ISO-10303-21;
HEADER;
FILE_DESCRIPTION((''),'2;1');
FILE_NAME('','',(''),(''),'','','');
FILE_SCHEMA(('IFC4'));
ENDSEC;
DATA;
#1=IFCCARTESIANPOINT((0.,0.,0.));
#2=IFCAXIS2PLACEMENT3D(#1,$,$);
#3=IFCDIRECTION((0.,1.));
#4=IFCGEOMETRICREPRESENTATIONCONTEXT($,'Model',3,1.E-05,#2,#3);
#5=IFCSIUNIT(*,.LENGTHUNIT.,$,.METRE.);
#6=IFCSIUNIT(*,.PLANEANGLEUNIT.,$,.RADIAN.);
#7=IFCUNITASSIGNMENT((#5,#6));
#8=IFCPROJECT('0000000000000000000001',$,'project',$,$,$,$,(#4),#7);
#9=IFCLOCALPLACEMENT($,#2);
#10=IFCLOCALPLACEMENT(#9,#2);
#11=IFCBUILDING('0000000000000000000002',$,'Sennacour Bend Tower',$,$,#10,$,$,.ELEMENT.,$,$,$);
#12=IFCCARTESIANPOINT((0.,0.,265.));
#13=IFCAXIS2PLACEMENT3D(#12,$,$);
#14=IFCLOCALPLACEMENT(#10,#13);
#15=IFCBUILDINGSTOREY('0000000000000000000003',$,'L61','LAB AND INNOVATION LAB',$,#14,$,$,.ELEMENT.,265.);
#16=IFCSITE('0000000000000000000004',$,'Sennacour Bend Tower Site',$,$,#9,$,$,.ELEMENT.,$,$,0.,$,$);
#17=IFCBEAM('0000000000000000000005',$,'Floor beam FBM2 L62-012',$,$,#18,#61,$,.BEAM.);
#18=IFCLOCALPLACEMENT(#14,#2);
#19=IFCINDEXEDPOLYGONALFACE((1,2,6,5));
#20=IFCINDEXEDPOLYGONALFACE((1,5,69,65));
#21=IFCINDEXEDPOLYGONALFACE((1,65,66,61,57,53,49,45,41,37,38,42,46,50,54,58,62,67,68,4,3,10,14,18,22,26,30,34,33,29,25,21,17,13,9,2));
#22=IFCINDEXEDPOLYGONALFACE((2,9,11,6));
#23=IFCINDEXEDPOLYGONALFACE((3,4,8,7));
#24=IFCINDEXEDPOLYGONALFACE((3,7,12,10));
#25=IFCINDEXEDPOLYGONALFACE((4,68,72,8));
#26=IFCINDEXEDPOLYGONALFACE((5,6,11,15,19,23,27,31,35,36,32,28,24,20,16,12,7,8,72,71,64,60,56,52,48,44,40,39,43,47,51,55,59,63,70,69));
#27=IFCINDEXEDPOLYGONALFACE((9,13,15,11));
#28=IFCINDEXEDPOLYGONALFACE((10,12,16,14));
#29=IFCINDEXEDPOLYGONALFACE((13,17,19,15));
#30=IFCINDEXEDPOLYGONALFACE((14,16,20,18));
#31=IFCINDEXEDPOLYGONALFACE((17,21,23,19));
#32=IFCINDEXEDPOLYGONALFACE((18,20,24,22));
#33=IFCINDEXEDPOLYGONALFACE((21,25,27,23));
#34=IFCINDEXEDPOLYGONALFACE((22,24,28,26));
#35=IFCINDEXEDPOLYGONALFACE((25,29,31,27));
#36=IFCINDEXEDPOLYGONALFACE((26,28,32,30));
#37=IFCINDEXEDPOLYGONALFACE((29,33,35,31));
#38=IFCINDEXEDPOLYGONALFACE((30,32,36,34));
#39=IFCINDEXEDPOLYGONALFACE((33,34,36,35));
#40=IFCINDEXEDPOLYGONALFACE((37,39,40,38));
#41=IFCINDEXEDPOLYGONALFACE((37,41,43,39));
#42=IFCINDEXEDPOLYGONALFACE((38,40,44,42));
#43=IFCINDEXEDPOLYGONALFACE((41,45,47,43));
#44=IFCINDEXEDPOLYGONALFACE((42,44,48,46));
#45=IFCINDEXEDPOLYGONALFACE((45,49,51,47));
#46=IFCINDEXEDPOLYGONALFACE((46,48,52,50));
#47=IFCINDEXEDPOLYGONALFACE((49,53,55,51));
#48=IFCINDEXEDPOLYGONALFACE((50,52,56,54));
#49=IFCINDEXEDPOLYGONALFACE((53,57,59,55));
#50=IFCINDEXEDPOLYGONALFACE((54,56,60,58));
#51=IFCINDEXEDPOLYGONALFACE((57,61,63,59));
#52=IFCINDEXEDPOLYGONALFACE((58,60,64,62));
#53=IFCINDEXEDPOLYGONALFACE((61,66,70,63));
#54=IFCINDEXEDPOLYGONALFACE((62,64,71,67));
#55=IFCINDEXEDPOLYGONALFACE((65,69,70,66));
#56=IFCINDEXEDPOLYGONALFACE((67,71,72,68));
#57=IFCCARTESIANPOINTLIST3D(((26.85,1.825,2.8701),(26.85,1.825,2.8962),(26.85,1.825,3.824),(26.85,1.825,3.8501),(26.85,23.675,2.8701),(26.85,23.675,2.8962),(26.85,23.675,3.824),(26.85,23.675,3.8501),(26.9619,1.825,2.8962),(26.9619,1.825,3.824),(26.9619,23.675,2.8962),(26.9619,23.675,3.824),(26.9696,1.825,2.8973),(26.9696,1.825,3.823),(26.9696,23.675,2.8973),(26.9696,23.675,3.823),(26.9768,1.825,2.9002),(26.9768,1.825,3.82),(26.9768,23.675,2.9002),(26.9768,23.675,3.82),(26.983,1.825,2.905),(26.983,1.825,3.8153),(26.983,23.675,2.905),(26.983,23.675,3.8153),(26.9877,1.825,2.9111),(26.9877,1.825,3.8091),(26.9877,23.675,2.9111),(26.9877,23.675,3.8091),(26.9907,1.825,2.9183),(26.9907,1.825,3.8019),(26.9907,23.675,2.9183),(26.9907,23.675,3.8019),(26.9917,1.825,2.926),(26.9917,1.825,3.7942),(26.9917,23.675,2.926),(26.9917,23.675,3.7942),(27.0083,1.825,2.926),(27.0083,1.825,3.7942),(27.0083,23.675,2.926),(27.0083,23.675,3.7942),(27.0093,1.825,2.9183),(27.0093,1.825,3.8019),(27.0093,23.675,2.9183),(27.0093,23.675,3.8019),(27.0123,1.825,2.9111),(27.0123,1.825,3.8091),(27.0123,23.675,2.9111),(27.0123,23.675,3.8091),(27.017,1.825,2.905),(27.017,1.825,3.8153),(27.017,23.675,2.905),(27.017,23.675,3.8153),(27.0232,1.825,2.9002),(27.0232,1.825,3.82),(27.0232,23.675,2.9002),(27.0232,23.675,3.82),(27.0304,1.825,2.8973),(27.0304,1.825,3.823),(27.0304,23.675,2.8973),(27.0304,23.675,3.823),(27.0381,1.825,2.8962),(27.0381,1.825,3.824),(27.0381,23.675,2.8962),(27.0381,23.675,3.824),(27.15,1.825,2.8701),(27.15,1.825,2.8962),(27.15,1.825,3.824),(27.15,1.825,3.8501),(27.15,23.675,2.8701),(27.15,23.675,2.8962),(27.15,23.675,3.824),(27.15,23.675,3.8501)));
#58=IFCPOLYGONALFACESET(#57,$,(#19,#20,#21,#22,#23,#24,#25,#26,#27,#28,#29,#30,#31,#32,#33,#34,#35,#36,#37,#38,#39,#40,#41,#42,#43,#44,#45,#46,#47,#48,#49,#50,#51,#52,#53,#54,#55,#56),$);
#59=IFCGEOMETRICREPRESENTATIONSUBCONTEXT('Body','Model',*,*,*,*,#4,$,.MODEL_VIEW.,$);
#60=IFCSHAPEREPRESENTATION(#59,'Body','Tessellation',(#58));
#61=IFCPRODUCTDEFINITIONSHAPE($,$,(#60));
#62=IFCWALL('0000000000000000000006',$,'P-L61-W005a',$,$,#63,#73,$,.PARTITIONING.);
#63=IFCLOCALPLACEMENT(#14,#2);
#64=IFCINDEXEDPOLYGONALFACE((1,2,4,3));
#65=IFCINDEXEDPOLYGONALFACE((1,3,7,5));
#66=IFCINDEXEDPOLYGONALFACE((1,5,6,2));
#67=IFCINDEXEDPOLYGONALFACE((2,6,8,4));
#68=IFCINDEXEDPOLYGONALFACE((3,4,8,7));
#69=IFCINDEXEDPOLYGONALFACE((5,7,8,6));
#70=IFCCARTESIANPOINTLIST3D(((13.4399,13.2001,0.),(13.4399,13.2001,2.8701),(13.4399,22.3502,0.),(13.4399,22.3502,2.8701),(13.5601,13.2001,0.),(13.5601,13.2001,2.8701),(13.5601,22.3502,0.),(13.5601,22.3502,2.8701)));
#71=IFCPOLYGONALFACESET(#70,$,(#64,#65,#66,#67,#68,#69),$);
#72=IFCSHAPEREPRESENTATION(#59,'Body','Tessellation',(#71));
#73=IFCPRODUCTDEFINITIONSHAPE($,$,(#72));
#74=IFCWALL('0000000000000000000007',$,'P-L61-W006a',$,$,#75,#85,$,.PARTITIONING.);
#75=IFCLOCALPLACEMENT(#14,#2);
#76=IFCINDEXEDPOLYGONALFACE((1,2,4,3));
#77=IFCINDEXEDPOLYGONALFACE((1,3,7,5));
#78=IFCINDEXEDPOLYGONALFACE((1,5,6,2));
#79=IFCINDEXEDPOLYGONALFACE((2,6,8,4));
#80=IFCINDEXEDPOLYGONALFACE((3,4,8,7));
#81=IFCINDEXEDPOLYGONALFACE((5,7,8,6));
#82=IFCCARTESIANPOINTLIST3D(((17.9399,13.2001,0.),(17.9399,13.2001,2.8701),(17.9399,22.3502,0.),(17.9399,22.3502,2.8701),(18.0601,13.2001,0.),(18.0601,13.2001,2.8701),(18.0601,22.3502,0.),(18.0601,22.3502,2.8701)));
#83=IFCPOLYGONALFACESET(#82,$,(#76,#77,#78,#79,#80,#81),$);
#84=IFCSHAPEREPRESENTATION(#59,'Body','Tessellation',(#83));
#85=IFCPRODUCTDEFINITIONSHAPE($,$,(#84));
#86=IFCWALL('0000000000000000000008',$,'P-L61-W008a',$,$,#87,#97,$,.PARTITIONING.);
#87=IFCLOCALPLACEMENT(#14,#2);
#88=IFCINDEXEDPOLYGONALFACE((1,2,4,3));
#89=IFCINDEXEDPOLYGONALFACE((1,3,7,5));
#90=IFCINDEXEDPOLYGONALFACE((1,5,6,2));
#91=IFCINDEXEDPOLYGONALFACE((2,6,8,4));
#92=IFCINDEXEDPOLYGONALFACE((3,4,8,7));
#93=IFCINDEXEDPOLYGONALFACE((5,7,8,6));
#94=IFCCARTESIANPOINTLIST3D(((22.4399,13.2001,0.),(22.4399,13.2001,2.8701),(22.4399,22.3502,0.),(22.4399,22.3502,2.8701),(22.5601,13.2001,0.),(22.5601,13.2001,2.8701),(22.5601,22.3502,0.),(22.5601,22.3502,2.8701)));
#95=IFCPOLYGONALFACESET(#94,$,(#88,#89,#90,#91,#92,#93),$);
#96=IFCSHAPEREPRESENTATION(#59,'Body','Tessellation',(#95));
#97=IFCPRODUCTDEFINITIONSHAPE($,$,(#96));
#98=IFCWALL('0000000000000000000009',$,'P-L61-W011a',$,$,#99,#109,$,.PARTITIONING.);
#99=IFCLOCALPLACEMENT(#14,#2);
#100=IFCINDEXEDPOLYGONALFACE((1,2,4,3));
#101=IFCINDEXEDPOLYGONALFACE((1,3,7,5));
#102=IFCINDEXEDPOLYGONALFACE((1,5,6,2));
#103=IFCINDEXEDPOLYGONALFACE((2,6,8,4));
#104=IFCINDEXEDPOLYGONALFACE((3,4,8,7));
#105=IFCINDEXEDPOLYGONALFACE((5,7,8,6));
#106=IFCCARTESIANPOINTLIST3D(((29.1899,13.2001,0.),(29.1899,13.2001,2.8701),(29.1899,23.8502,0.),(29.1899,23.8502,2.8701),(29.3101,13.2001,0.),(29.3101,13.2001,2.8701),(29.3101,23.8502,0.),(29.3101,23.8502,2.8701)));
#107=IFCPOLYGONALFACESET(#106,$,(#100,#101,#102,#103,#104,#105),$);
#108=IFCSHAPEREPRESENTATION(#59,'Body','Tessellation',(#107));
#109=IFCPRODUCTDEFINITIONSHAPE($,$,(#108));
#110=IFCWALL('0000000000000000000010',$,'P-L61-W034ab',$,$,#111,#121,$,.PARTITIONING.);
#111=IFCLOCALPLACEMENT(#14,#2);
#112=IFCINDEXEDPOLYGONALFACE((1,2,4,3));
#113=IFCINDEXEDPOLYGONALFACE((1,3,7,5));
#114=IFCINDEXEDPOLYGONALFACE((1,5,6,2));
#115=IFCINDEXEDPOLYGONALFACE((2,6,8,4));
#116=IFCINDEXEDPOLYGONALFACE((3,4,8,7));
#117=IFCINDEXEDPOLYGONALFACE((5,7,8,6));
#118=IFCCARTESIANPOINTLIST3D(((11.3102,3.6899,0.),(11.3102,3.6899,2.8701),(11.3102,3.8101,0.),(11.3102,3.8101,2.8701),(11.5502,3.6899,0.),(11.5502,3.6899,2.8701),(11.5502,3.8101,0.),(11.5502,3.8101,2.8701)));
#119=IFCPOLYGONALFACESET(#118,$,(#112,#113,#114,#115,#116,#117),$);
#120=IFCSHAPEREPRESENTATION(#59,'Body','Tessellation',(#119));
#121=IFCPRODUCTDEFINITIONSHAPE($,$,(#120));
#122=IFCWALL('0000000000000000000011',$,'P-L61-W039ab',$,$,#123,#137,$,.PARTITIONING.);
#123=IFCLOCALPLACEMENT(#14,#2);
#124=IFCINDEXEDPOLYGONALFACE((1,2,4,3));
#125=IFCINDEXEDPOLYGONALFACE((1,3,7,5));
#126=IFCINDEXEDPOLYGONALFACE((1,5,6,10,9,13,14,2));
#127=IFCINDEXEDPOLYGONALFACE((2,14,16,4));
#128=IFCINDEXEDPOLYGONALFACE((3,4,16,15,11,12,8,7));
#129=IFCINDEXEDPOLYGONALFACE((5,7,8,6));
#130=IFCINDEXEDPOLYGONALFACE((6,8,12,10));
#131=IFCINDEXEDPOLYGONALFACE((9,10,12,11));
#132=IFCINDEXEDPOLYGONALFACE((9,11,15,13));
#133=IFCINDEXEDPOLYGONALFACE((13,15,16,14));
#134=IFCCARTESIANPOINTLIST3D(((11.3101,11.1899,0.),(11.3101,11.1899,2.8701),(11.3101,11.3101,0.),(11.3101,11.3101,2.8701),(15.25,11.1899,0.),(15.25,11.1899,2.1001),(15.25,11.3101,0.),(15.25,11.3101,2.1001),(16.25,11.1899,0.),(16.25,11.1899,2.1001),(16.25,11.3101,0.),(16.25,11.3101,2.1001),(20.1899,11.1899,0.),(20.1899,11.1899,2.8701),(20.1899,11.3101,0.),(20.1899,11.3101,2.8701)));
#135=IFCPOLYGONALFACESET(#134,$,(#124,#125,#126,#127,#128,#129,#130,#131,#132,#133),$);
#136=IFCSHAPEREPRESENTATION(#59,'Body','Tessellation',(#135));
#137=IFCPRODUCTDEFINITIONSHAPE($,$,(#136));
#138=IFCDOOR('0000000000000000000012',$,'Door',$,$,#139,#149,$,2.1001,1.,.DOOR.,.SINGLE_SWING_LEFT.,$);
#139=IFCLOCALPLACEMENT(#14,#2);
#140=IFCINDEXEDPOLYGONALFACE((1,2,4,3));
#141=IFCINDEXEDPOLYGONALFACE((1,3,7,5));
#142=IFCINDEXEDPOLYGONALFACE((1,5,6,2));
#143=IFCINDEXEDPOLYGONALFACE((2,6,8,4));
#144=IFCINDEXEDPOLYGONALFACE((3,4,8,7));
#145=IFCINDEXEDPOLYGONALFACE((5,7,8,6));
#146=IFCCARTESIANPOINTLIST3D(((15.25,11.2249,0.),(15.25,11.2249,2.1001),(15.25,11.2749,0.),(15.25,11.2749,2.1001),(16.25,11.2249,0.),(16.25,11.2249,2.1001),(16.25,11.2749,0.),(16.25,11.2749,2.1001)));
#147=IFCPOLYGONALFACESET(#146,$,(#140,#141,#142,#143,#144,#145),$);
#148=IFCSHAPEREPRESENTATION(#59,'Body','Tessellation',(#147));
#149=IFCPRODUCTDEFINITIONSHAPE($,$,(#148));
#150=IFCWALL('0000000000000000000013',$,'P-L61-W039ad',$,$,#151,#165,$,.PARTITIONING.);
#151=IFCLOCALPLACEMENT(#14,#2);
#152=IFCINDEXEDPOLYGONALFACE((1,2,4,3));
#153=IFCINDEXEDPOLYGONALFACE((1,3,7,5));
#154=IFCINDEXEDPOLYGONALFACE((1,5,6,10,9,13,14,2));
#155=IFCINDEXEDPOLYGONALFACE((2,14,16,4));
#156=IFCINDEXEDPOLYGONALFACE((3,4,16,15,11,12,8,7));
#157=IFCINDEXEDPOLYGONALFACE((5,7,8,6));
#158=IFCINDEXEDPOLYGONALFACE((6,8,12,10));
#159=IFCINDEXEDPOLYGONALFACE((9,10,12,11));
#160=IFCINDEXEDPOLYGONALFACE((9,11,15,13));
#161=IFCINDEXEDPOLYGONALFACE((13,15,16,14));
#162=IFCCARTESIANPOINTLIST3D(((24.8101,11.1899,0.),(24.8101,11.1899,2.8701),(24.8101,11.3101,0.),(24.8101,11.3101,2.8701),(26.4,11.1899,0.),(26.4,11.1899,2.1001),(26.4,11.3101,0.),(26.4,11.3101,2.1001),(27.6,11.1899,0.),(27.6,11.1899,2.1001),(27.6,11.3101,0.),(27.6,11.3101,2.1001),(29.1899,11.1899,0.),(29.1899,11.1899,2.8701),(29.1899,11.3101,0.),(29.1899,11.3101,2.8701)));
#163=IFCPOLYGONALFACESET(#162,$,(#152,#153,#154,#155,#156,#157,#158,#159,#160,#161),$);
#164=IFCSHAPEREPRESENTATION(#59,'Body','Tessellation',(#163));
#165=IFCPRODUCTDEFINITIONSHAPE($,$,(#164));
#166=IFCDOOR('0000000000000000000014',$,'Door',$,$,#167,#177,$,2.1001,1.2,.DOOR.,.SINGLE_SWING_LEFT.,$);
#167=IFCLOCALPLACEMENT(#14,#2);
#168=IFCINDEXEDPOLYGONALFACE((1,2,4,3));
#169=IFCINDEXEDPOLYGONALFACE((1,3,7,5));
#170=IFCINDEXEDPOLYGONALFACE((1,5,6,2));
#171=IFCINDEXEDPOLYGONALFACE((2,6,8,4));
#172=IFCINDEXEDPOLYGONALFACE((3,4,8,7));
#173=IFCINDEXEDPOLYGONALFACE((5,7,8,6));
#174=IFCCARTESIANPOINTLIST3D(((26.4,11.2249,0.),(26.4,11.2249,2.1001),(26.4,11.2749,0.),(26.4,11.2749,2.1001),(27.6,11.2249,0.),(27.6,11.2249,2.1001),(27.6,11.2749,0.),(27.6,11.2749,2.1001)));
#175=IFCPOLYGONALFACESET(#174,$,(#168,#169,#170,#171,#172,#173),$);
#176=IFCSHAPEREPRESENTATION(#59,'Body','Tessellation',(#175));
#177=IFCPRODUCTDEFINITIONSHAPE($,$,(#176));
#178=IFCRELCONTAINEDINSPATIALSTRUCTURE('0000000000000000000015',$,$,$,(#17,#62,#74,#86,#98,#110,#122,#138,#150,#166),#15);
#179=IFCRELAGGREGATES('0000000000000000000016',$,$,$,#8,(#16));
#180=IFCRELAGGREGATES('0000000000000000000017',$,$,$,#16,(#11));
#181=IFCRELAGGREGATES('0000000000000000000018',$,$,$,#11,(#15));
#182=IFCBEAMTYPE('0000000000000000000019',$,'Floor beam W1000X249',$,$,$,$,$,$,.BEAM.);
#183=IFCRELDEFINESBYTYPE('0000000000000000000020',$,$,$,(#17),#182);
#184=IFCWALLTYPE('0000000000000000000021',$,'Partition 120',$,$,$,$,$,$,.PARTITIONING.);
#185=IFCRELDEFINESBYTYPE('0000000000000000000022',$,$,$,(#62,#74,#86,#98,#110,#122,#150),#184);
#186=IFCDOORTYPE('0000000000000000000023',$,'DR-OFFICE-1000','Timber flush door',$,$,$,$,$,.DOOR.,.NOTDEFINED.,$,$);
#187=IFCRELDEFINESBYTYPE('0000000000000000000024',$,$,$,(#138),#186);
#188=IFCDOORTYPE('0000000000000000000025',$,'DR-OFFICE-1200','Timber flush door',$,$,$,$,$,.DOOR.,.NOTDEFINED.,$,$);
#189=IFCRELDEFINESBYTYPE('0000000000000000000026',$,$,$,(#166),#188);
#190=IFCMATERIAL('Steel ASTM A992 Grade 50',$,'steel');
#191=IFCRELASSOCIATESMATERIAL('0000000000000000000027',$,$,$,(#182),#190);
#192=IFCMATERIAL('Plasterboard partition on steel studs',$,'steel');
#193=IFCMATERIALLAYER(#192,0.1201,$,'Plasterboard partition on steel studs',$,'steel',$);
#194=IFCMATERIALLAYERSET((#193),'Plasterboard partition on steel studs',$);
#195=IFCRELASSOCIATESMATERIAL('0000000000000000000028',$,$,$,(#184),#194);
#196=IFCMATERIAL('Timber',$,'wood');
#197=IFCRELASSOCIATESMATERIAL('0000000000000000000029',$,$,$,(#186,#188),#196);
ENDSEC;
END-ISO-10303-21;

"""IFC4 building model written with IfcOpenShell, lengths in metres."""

from ifc_helpers import new_model, si_unit, direction, frame, frame_2d, origin, origin_2d, place, context, subcontext, project, spatial, rectangle, i_section, extrude, material, layer, layer_set, material_profile, profile_set, type_object, element, fill, save


model = new_model("IFC4")

# Units and contexts
model_context = context("Model", 3, precision=1e-05, world=origin(), true_north=direction((0.0, 1.0)))
body_context = subcontext(model_context, "Body", "Model", "MODEL_VIEW")
ifc_project = project(units=[si_unit("LENGTHUNIT", "METRE"), si_unit("PLANEANGLEUNIT", "RADIAN")], contexts=[model_context])

# Site, building, storey
site_placement = place(None, origin())
site = spatial("IfcSite", under=ifc_project, at=site_placement, Name="Sennacour Bend Tower Site", CompositionType="ELEMENT", RefElevation=0.0)
building_placement = place(site_placement, origin())
building = spatial("IfcBuilding", under=site, at=building_placement, Name="Sennacour Bend Tower", CompositionType="ELEMENT")
storey_placement = place(building_placement, frame((0.0, 0.0, 265.0)))
storey = spatial("IfcBuildingStorey", under=building, at=storey_placement, Name="L61", Description="LAB AND INNOVATION LAB", CompositionType="ELEMENT", Elevation=265.0)

# Beam
ifc_material_1 = material(Name="Steel ASTM A992 Grade 50", Category="steel")
ifc_material_profile = material_profile(ifc_material_1, i_section(OverallWidth=0.3, OverallDepth=0.98, WebThickness=0.0166, FlangeThickness=0.0261, FilletRadius=0.0298, at=origin_2d()), Name="Steel ASTM A992 Grade 50", Category="steel")
ifc_profile_set = profile_set([ifc_material_profile], Name="Steel ASTM A992 Grade 50")
beam_type = type_object("IfcBeamType", Name="Floor beam W1000X249", PredefinedType="BEAM", material=ifc_profile_set)
beam_placement = place(storey_placement, frame((27.0, 1.825, 3.3601), z_axis=(0.0, 1.0, 0.0), x_axis=(-1.0, 0.0, 0.0)))
element("IfcBeam", 1, at=beam_placement, inside=storey, type_object=beam_type, Name="Floor beam FBM2 L62-012", PredefinedType="BEAM", context=body_context, shape_type="SweptSolid", body=[
    extrude(i_section(OverallWidth=0.3, OverallDepth=0.98, WebThickness=0.0166, FlangeThickness=0.0261, FilletRadius=0.0298, at=origin_2d()), origin(), (0.0, 0.0, 1.0), 21.8501),
])

# Walls
ifc_material_2 = material(Name="Plasterboard partition on steel studs", Category="steel")
ifc_layer_1 = layer(ifc_material_2, 0.1201, Name="Plasterboard partition on steel studs", Category="steel")
ifc_layer_set_1 = layer_set([ifc_layer_1], Name="Plasterboard partition on steel studs")
wall_type_1 = type_object("IfcWallType", Name="Partition 120", PredefinedType="PARTITIONING", material=ifc_layer_set_1)
for number, where, z_axis, x_axis, name in (
    (2, (13.5, 13.2, 0.0), (0.0, 0.0, 1.0), (0.0, 1.0, 0.0), "P-L61-W005a"),
    (3, (18.0, 13.2, 0.0), (0.0, 0.0, 1.0), (0.0, 1.0, 0.0), "P-L61-W006a"),
    (4, (22.5, 13.2, 0.0), (0.0, 0.0, 1.0), (0.0, 1.0, 0.0), "P-L61-W008a"),
):
    element("IfcWall", number, at=place(storey_placement, frame(where, z_axis=z_axis, x_axis=x_axis)), inside=storey, type_object=wall_type_1, Name=name, PredefinedType="PARTITIONING", context=body_context, shape_type="SweptSolid", body=[
        extrude(rectangle(XDim=9.1501, YDim=0.1201, at=frame_2d((4.5752, 0.0))), origin(), (0.0, 0.0, 1.0), 2.8701),
    ])
wall_1_placement = place(storey_placement, frame((29.25, 13.2, 0.0), z_axis=(0.0, 0.0, 1.0), x_axis=(0.0, 1.0, 0.0)))
element("IfcWall", 5, at=wall_1_placement, inside=storey, type_object=wall_type_1, Name="P-L61-W011a", PredefinedType="PARTITIONING", context=body_context, shape_type="SweptSolid", body=[
    extrude(rectangle(XDim=10.6501, YDim=0.1201, at=frame_2d((5.3252, 0.0))), origin(), (0.0, 0.0, 1.0), 2.8701),
])
wall_2_placement = place(storey_placement, frame((11.3101, 3.75, 0.0), z_axis=(0.0, 0.0, 1.0), x_axis=(1.0, 0.0, 0.0)))
element("IfcWall", 6, at=wall_2_placement, inside=storey, type_object=wall_type_1, Name="P-L61-W034ab", PredefinedType="PARTITIONING", context=body_context, shape_type="SweptSolid", body=[
    extrude(rectangle(XDim=0.24, YDim=0.1201, at=frame_2d((0.1201, 0.0))), origin(), (0.0, 0.0, 1.0), 2.8701),
])

# Walls, openings, doors
wall_3_placement = place(storey_placement, frame((11.3101, 11.25, 0.0), z_axis=(0.0, 0.0, 1.0), x_axis=(1.0, 0.0, 0.0)))
wall_3 = element("IfcWall", 7, at=wall_3_placement, inside=storey, type_object=wall_type_1, Name="P-L61-W039ab", PredefinedType="PARTITIONING", context=body_context, shape_type="SweptSolid", body=[
    extrude(rectangle(XDim=8.8799, YDim=0.1201, at=frame_2d((4.4399, 0.0))), origin(), (0.0, 0.0, 1.0), 2.8701),
])
opening_1_placement = place(wall_3_placement, frame((3.9399, 0.0, 0.0)))
opening_1 = element("IfcOpeningElement", 8, at=opening_1_placement, cuts=wall_3, PredefinedType="OPENING", context=body_context, shape_type="SweptSolid", body=[
    extrude(rectangle(XDim=1.0, YDim=2.1001, at=frame_2d((0.5, 1.05))), frame((0.0, 0.0701, 0.0), z_axis=(0.0, -1.0, 0.0), x_axis=(1.0, 0.0, 0.0)), (0.0, 0.0, 1.0), 0.1401),
])
ifc_material_3 = material(Name="Timber", Category="wood")
door_type_1 = type_object("IfcDoorType", Name="DR-OFFICE-1000", Description="Timber flush door", OperationType="NOTDEFINED", PredefinedType="DOOR", material=ifc_material_3)
door_1_placement = place(opening_1_placement, origin())
door_1 = element("IfcDoor", 9, at=door_1_placement, inside=storey, type_object=door_type_1, Name="Door", OperationType="SINGLE_SWING_LEFT", OverallHeight=2.1001, OverallWidth=1.0, PredefinedType="DOOR", context=body_context, shape_type="SweptSolid", body=[
    extrude(rectangle(XDim=1.0, YDim=2.1001, at=frame_2d((0.5, 1.05))), frame((0.0, 0.0249, 0.0), z_axis=(0.0, -1.0, 0.0), x_axis=(1.0, 0.0, 0.0)), (0.0, 0.0, 1.0), 0.05),
])
fill(opening_1, door_1)
wall_4_placement = place(storey_placement, frame((24.8101, 11.25, 0.0), z_axis=(0.0, 0.0, 1.0), x_axis=(1.0, 0.0, 0.0)))
wall_4 = element("IfcWall", 10, at=wall_4_placement, inside=storey, type_object=wall_type_1, Name="P-L61-W039ad", PredefinedType="PARTITIONING", context=body_context, shape_type="SweptSolid", body=[
    extrude(rectangle(XDim=4.3799, YDim=0.1201, at=frame_2d((2.1899, 0.0))), origin(), (0.0, 0.0, 1.0), 2.8701),
])
opening_2_placement = place(wall_4_placement, frame((1.5898, 0.0, 0.0)))
opening_2 = element("IfcOpeningElement", 11, at=opening_2_placement, cuts=wall_4, PredefinedType="OPENING", context=body_context, shape_type="SweptSolid", body=[
    extrude(rectangle(XDim=1.2, YDim=2.1001, at=frame_2d((0.6001, 1.05))), frame((0.0, 0.0701, 0.0), z_axis=(0.0, -1.0, 0.0), x_axis=(1.0, 0.0, 0.0)), (0.0, 0.0, 1.0), 0.1401),
])
door_type_2 = type_object("IfcDoorType", Name="DR-OFFICE-1200", Description="Timber flush door", OperationType="NOTDEFINED", PredefinedType="DOOR", material=ifc_material_3)
door_2_placement = place(opening_2_placement, origin())
door_2 = element("IfcDoor", 12, at=door_2_placement, inside=storey, type_object=door_type_2, Name="Door", OperationType="SINGLE_SWING_LEFT", OverallHeight=2.1001, OverallWidth=1.2, PredefinedType="DOOR", context=body_context, shape_type="SweptSolid", body=[
    extrude(rectangle(XDim=1.2, YDim=2.1001, at=frame_2d((0.6001, 1.05))), frame((0.0, 0.0249, 0.0), z_axis=(0.0, -1.0, 0.0), x_axis=(1.0, 0.0, 0.0)), (0.0, 0.0, 1.0), 0.05),
])
fill(opening_2, door_2)

save(model, "model.ifc")
